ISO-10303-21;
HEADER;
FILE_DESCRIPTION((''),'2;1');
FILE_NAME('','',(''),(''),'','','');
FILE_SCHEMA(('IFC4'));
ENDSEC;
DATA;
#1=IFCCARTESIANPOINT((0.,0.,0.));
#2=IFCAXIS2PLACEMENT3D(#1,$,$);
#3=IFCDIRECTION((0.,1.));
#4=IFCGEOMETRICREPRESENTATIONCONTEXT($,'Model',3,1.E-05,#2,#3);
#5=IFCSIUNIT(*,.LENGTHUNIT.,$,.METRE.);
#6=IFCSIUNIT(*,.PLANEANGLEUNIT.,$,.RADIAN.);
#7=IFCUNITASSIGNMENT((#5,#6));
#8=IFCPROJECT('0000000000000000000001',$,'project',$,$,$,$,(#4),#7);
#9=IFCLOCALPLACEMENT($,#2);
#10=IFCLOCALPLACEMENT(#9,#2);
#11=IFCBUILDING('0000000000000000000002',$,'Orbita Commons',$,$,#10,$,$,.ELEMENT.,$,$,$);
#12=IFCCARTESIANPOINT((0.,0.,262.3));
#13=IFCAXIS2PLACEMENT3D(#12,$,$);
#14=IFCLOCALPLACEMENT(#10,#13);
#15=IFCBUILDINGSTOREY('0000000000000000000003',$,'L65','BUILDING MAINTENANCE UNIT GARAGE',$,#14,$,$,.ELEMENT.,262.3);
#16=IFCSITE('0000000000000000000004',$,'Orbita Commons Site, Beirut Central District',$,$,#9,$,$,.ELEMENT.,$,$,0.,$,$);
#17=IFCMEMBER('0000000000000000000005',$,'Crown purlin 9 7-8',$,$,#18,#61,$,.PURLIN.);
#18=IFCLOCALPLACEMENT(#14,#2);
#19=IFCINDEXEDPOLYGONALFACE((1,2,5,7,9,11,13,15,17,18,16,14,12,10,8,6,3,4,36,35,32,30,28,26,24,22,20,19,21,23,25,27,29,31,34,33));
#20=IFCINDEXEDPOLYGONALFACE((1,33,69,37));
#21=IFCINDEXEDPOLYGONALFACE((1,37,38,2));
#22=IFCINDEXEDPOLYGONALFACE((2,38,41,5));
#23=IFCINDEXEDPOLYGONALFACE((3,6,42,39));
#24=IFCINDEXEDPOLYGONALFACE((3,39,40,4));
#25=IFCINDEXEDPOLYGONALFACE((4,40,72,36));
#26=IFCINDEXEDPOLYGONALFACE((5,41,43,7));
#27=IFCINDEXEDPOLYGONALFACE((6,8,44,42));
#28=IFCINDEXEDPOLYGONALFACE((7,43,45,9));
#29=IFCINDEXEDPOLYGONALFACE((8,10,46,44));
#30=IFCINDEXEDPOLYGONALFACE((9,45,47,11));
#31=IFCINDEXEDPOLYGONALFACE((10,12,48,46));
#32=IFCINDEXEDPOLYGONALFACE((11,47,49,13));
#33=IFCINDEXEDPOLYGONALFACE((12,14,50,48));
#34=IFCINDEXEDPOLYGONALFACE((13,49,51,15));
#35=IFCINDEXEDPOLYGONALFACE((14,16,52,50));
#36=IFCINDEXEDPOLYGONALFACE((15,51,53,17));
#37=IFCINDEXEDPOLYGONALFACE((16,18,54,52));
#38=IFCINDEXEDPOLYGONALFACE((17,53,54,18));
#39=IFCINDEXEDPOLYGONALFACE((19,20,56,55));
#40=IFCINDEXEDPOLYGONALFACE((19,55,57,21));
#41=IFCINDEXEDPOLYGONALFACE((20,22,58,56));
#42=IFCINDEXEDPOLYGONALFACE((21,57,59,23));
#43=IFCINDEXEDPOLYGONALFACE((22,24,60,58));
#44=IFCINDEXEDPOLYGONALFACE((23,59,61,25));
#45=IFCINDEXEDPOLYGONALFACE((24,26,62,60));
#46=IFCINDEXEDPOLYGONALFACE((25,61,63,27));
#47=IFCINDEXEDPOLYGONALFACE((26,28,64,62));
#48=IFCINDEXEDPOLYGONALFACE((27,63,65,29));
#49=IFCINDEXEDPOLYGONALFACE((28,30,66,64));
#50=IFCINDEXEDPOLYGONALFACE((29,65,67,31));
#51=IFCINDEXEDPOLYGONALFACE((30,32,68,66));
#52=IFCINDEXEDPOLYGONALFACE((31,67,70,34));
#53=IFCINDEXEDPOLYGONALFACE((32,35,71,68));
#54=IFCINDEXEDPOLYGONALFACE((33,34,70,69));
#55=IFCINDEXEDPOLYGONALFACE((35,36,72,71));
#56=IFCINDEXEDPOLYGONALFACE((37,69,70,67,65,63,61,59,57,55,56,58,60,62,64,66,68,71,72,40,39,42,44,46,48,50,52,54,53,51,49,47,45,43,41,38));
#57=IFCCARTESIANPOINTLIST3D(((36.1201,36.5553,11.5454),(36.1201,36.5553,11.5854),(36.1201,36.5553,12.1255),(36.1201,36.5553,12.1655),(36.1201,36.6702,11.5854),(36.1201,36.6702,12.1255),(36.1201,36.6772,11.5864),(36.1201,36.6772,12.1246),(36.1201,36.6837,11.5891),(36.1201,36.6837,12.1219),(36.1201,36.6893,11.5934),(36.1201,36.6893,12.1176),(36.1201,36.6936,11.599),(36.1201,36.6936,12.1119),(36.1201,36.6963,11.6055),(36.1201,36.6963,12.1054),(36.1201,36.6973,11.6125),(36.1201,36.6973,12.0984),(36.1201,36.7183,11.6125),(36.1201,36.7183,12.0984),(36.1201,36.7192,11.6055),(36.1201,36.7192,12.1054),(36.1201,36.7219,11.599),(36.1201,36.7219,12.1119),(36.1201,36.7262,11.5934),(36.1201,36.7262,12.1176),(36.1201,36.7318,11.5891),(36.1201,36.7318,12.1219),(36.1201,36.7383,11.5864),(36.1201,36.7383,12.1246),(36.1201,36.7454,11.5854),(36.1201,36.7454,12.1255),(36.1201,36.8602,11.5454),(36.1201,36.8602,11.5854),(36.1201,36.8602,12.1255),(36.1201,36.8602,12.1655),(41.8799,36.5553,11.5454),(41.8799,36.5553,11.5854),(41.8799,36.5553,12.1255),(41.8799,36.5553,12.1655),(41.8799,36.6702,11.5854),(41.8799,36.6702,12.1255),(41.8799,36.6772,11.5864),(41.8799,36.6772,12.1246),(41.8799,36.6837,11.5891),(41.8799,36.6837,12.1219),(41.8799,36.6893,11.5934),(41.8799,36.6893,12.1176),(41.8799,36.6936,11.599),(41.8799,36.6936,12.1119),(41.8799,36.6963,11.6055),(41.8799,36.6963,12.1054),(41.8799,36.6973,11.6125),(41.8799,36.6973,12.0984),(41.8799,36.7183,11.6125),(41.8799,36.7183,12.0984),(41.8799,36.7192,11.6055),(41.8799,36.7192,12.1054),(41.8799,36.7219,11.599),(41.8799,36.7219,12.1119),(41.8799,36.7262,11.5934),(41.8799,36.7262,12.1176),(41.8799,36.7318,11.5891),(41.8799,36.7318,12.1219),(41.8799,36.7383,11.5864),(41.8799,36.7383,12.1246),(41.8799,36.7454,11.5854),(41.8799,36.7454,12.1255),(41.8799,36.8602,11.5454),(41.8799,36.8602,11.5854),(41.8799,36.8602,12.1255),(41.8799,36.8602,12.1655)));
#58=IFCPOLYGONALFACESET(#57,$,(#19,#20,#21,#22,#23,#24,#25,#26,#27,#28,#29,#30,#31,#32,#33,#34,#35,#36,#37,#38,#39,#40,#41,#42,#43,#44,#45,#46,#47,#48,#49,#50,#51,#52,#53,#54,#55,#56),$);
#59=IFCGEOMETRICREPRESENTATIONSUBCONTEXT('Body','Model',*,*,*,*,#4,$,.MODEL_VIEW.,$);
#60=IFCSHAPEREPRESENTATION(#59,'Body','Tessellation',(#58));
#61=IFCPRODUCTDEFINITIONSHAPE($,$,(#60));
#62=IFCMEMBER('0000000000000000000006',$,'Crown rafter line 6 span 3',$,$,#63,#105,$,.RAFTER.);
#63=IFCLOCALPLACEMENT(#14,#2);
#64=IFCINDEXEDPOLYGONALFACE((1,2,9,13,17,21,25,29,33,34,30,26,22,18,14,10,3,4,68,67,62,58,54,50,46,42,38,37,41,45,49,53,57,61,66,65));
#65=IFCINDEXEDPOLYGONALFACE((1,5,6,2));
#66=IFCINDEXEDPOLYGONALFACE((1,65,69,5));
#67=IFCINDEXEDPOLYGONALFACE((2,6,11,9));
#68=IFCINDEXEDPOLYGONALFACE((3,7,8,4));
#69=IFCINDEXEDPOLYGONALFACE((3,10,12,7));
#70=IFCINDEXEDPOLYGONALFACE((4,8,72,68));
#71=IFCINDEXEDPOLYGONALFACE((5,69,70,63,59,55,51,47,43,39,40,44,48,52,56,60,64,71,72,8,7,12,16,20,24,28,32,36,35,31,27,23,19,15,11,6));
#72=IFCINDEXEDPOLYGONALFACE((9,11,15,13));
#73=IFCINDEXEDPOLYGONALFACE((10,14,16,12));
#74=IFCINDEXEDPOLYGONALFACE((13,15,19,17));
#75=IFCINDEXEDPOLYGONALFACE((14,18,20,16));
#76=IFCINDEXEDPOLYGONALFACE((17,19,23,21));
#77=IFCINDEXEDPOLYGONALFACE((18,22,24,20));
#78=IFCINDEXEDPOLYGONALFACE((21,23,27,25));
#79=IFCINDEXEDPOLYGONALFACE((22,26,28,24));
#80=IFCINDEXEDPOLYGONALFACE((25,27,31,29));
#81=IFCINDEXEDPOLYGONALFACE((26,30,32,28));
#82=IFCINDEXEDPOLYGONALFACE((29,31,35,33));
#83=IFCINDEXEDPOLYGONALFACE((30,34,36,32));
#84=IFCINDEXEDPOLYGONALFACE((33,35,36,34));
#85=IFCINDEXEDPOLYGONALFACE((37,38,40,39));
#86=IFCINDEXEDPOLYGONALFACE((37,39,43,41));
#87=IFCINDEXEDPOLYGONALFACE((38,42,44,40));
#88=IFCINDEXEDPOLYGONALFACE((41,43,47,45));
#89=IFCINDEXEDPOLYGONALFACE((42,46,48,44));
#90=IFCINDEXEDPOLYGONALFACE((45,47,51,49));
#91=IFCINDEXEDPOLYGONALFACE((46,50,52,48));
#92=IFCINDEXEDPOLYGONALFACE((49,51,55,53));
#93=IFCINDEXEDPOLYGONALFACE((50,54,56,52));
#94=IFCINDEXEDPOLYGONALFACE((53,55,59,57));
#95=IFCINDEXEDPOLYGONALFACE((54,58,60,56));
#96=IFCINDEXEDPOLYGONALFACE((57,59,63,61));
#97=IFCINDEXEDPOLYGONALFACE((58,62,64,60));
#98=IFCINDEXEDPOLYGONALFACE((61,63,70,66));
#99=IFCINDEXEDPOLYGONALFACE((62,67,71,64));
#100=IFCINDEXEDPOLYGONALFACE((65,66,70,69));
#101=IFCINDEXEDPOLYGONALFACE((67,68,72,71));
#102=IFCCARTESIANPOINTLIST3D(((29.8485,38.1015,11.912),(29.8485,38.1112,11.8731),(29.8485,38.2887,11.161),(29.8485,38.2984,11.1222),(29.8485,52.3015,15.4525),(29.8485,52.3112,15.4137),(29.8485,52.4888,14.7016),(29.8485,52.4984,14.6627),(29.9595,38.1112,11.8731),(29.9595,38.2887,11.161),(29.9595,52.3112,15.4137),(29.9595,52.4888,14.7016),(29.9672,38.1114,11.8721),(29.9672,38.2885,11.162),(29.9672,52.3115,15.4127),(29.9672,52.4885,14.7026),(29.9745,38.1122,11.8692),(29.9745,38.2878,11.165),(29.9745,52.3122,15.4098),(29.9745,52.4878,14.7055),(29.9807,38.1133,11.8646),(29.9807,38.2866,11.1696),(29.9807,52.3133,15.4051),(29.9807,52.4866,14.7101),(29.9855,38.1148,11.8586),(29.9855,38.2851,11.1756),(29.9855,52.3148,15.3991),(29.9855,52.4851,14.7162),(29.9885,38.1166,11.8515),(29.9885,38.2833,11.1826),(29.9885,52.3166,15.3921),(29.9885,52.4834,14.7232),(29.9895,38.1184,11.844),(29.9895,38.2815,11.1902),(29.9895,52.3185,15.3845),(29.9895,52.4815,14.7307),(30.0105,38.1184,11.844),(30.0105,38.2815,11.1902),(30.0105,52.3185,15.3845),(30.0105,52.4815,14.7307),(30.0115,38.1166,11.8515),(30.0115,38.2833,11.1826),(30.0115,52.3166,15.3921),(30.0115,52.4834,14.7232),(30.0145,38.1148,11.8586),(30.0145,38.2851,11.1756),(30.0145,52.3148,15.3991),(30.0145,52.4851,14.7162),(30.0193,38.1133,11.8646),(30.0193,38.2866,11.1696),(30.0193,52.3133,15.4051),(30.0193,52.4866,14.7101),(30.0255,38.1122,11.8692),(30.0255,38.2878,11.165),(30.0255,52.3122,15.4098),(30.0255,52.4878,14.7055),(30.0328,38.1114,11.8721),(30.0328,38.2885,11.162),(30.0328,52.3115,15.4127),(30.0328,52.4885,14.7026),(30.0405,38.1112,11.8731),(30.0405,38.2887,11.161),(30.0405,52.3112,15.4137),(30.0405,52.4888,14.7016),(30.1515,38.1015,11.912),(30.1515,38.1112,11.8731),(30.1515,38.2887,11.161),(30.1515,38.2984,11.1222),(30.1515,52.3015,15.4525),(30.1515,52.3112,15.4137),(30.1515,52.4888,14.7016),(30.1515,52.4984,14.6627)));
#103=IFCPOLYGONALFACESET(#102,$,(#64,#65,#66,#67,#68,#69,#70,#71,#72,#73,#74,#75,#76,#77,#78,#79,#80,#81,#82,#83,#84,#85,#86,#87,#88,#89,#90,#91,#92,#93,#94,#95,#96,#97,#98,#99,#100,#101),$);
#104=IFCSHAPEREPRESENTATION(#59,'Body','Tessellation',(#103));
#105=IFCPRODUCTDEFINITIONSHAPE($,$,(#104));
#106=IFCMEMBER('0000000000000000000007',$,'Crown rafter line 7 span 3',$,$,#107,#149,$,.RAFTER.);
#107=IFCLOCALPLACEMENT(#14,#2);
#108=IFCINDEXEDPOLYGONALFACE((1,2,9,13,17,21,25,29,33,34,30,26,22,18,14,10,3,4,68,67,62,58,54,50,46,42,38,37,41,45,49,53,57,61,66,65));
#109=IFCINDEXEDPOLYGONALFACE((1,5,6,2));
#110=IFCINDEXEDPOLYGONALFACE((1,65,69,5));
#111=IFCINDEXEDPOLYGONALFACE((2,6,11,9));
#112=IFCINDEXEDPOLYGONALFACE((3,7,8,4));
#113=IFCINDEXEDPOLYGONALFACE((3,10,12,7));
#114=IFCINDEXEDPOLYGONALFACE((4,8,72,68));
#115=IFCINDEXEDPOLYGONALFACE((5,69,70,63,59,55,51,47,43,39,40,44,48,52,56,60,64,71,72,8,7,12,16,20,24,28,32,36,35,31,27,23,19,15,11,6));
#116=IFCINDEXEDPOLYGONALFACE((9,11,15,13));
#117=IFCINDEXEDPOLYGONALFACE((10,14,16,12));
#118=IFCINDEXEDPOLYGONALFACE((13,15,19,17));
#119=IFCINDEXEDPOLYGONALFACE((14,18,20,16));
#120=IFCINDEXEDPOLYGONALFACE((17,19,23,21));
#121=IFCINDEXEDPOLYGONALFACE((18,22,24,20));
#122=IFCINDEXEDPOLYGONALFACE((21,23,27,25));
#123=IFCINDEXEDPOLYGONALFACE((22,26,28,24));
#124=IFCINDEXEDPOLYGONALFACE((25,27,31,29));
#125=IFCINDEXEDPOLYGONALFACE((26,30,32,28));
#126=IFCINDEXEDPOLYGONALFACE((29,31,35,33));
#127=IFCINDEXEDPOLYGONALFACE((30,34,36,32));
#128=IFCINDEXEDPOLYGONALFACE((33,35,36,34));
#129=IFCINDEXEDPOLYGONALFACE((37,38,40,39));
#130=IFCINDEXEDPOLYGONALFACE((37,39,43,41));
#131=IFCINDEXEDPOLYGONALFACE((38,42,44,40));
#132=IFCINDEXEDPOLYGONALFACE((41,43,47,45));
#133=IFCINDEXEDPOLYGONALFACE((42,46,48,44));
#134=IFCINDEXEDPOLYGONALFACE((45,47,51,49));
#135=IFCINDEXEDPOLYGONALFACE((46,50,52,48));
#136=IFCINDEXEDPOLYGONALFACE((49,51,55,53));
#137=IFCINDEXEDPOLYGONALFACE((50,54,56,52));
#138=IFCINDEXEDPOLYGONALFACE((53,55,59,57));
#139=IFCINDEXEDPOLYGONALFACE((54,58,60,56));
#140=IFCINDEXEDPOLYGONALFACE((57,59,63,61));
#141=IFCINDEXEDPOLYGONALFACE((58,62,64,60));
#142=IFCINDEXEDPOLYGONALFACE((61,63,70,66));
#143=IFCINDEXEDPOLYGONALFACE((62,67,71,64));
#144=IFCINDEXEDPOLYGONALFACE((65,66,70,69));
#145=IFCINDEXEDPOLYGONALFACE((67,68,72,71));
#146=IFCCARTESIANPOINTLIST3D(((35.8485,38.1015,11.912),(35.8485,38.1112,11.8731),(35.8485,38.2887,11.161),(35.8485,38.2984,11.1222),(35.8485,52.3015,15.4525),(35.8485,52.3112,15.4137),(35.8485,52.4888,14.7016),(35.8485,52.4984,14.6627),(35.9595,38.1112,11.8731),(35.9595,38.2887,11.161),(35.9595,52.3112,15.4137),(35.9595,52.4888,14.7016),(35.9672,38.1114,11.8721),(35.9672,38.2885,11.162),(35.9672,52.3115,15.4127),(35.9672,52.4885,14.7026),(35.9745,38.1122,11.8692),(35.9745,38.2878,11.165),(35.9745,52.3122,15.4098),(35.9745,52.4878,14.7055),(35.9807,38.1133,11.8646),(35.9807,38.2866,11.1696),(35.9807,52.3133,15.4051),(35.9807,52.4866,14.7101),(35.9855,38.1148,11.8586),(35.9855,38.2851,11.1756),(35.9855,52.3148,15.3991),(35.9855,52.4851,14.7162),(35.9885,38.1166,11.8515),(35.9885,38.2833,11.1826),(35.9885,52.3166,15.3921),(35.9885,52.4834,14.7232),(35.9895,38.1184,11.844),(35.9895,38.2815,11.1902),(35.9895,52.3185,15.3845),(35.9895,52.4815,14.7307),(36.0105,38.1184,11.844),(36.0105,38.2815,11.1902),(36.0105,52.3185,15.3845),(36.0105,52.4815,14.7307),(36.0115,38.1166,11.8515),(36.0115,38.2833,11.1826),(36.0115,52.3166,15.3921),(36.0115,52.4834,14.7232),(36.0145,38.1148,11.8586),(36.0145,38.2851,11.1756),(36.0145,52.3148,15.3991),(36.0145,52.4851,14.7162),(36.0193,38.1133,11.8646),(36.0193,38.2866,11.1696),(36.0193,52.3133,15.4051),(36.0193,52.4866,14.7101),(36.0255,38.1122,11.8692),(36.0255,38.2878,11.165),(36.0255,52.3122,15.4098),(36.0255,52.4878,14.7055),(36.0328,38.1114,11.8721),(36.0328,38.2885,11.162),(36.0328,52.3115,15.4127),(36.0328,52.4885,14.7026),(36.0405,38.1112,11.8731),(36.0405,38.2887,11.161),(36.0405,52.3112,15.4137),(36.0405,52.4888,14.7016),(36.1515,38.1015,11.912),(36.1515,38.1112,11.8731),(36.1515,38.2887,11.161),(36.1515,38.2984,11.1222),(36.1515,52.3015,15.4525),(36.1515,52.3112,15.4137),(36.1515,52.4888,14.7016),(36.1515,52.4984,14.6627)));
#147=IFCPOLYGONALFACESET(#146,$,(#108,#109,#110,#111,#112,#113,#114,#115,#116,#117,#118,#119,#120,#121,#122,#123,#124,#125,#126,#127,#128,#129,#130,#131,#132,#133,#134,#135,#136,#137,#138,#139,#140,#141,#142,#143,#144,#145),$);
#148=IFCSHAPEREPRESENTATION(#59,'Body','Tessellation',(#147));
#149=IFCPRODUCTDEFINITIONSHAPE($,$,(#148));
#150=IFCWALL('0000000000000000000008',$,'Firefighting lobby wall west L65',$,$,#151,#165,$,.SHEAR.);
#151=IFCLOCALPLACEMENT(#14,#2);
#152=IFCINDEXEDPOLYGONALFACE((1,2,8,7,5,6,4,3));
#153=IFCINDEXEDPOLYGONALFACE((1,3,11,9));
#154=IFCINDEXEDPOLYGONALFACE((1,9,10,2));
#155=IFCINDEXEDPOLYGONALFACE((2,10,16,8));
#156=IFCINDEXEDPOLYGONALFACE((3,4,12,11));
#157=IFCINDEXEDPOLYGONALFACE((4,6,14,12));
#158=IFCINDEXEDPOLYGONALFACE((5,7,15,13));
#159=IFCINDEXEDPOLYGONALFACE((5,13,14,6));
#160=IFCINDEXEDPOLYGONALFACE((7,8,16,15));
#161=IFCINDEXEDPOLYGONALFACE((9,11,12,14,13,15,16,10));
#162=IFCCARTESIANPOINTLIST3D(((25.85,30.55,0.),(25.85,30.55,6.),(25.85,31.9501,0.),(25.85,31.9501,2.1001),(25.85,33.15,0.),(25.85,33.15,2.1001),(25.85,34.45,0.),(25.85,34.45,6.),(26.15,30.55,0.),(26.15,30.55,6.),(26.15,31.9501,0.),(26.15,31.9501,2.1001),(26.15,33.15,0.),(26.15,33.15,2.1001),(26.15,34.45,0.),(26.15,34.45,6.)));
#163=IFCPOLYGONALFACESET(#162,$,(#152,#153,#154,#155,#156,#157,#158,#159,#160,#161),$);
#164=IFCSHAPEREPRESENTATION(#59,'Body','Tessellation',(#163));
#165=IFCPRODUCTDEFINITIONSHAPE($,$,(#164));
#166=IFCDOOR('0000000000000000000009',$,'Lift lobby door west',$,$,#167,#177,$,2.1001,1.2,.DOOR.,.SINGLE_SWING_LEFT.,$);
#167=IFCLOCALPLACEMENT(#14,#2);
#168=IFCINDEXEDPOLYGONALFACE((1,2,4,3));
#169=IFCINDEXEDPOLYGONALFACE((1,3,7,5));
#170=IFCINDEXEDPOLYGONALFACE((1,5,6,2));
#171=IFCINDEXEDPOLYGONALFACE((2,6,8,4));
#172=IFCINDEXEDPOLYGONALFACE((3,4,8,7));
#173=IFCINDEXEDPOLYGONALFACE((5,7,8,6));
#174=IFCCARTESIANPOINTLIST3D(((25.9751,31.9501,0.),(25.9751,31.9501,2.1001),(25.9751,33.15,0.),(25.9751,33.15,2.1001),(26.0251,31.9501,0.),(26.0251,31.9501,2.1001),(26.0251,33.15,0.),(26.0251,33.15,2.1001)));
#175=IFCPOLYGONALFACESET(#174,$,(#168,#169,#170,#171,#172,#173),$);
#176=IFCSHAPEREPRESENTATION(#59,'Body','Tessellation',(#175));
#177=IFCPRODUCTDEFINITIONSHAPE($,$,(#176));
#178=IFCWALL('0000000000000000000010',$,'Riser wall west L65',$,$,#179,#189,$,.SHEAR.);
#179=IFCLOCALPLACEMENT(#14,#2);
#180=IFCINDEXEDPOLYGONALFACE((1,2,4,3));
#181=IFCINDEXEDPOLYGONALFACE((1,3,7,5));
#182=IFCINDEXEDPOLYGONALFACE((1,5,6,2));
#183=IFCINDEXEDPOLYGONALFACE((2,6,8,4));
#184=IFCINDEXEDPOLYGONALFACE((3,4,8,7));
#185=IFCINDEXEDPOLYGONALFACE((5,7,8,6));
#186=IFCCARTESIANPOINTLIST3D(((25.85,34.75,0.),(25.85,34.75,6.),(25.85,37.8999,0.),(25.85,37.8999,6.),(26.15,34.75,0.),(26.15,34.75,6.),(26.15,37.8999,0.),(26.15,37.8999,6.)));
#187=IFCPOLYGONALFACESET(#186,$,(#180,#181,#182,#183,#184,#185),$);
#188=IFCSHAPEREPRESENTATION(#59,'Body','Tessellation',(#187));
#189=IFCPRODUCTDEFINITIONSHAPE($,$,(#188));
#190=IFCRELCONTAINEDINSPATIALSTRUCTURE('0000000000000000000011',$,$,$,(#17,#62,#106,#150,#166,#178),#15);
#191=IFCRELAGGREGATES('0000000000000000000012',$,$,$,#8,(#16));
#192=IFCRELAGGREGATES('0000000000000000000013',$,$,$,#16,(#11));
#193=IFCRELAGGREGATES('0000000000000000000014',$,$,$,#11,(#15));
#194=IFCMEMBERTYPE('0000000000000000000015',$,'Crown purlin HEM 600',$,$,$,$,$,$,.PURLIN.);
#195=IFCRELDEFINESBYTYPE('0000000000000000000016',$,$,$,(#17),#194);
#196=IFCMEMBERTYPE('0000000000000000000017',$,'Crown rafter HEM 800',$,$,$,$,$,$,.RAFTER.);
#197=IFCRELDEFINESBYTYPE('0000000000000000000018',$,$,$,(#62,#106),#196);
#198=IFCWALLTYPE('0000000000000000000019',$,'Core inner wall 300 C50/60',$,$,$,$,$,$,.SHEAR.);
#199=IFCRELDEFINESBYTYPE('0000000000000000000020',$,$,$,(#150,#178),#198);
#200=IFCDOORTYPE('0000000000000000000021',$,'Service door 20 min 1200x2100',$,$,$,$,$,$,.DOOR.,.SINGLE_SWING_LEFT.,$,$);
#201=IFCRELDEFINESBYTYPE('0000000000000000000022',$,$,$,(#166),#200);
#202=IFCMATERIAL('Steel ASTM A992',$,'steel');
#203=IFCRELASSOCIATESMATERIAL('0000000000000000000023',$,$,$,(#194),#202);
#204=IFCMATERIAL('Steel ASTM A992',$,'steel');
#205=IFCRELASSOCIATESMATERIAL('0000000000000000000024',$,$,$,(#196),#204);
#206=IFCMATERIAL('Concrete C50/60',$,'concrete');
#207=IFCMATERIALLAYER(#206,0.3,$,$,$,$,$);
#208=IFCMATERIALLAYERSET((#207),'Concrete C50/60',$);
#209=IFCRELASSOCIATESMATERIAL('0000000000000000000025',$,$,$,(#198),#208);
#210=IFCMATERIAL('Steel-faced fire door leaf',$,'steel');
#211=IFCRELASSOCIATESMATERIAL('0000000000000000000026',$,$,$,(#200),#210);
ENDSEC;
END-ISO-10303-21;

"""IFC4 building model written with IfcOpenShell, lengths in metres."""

from ifc_helpers import new_model, si_unit, direction, frame, frame_2d, origin, origin_2d, place, context, subcontext, project, spatial, rectangle, i_section, extrude, material, layer, layer_set, material_profile, profile_set, type_object, element, fill, save


model = new_model("IFC4")

# Units and contexts
model_context = context("Model", 3, precision=1e-05, world=origin(), true_north=direction((0.0, 1.0)))
body_context = subcontext(model_context, "Body", "Model", "MODEL_VIEW")
ifc_project = project(units=[si_unit("LENGTHUNIT", "METRE"), si_unit("PLANEANGLEUNIT", "RADIAN")], contexts=[model_context])

# Site, building, storey
site_placement = place(None, origin())
site = spatial("IfcSite", under=ifc_project, at=site_placement, Name="Orbita Commons Site, Beirut Central District", CompositionType="ELEMENT", RefElevation=0.0)
building_placement = place(site_placement, origin())
building = spatial("IfcBuilding", under=site, at=building_placement, Name="Orbita Commons", CompositionType="ELEMENT")
storey_placement = place(building_placement, frame((0.0, 0.0, 262.3)))
storey = spatial("IfcBuildingStorey", under=building, at=storey_placement, Name="L65", Description="BUILDING MAINTENANCE UNIT GARAGE", CompositionType="ELEMENT", Elevation=262.3)

# Members
ifc_material_1 = material(Name="Steel ASTM A992", Category="steel")
ifc_material_profile_1 = material_profile(ifc_material_1, i_section(OverallWidth=0.3049, OverallDepth=0.6201, WebThickness=0.021, FlangeThickness=0.04, FilletRadius=0.0271, at=origin_2d()), Name="HEM 600")
ifc_profile_set_1 = profile_set([ifc_material_profile_1], Name="Steel ASTM A992")
member_type_1 = type_object("IfcMemberType", Name="Crown purlin HEM 600", PredefinedType="PURLIN", material=ifc_profile_set_1)
for number, where, z_axis, x_axis, name in (
    (1, (36.1201, 36.7078, 11.8555), (1.0, 0.0, 0.0), (0.0, 1.0, 0.0), "Crown purlin 9 7-8"),
):
    element("IfcMember", number, at=place(storey_placement, frame(where, z_axis=z_axis, x_axis=x_axis)), inside=storey, type_object=member_type_1, Name=name, PredefinedType="PURLIN", context=body_context, shape_type="SweptSolid", body=[
        extrude(i_section(OverallWidth=0.3049, OverallDepth=0.6201, WebThickness=0.021, FlangeThickness=0.04, FilletRadius=0.0271, at=origin_2d()), origin(), (0.0, 0.0, 1.0), 5.7598),
    ])
ifc_material_2 = material(Name="Steel ASTM A992", Category="steel")
ifc_material_profile_2 = material_profile(ifc_material_2, i_section(OverallWidth=0.303, OverallDepth=0.814, WebThickness=0.021, FlangeThickness=0.04, FilletRadius=0.03, at=origin_2d()), Name="HEM 800")
ifc_profile_set_2 = profile_set([ifc_material_profile_2], Name="Steel ASTM A992")
member_type_2 = type_object("IfcMemberType", Name="Crown rafter HEM 800", PredefinedType="RAFTER", material=ifc_profile_set_2)
for number, where, z_axis, x_axis, name in (
    (2, (30.0, 38.2, 11.5171), (0.0, 0.970294, 0.241927), (-1.0, 0.0, 0.0), "Crown rafter line 6 span 3"),
    (3, (36.0, 38.2, 11.5171), (0.0, 0.970294, 0.241927), (-1.0, 0.0, 0.0), "Crown rafter line 7 span 3"),
):
    element("IfcMember", number, at=place(storey_placement, frame(where, z_axis=z_axis, x_axis=x_axis)), inside=storey, type_object=member_type_2, Name=name, PredefinedType="RAFTER", context=body_context, shape_type="SweptSolid", body=[
        extrude(i_section(OverallWidth=0.303, OverallDepth=0.814, WebThickness=0.021, FlangeThickness=0.04, FilletRadius=0.03, at=origin_2d()), origin(), (0.0, 0.0, 1.0), 14.6348),
    ])

# Wall, opening, door
ifc_material_3 = material(Name="Concrete C50/60", Category="concrete")
ifc_layer_1 = layer(ifc_material_3, 0.3)
ifc_layer_set_1 = layer_set([ifc_layer_1], Name="Concrete C50/60")
wall_type_1 = type_object("IfcWallType", Name="Core inner wall 300 C50/60", PredefinedType="SHEAR", material=ifc_layer_set_1)
wall_1_placement = place(storey_placement, frame((26.0, 30.55, 0.0), z_axis=(0.0, 0.0, 1.0), x_axis=(0.0, 1.0, 0.0)))
wall_1 = element("IfcWall", 4, at=wall_1_placement, inside=storey, type_object=wall_type_1, Name="Firefighting lobby wall west L65", PredefinedType="SHEAR", context=body_context, shape_type="SweptSolid", body=[
    extrude(rectangle(XDim=3.8999, YDim=0.3, at=frame_2d((1.95, 0.0))), origin(), (0.0, 0.0, 1.0), 6.0),
])
opening_placement = place(wall_1_placement, frame((1.3999, 0.0, 0.0)))
opening = element("IfcOpeningElement", 5, at=opening_placement, cuts=wall_1, PredefinedType="OPENING", context=body_context, shape_type="SweptSolid", body=[
    extrude(rectangle(XDim=1.2, YDim=2.1001, at=frame_2d((0.6001, 1.05))), frame((0.0, 0.1599, 0.0), z_axis=(0.0, -1.0, 0.0), x_axis=(1.0, 0.0, 0.0)), (0.0, 0.0, 1.0), 0.3201),
])
ifc_material_4 = material(Name="Steel-faced fire door leaf", Category="steel")
door_type = type_object("IfcDoorType", Name="Service door 20 min 1200x2100", OperationType="SINGLE_SWING_LEFT", PredefinedType="DOOR", material=ifc_material_4)
door_placement = place(opening_placement, origin())
door = element("IfcDoor", 6, at=door_placement, inside=storey, type_object=door_type, Name="Lift lobby door west", OperationType="SINGLE_SWING_LEFT", OverallHeight=2.1001, OverallWidth=1.2, PredefinedType="DOOR", context=body_context, shape_type="SweptSolid", body=[
    extrude(rectangle(XDim=1.2, YDim=2.1001, at=frame_2d((0.6001, 1.05))), frame((0.0, 0.0249, 0.0), z_axis=(0.0, -1.0, 0.0), x_axis=(1.0, 0.0, 0.0)), (0.0, 0.0, 1.0), 0.05),
])
fill(opening, door)

# Wall
wall_2_placement = place(storey_placement, frame((26.0, 34.75, 0.0), z_axis=(0.0, 0.0, 1.0), x_axis=(0.0, 1.0, 0.0)))
element("IfcWall", 7, at=wall_2_placement, inside=storey, type_object=wall_type_1, Name="Riser wall west L65", PredefinedType="SHEAR", context=body_context, shape_type="SweptSolid", body=[
    extrude(rectangle(XDim=3.1499, YDim=0.3, at=frame_2d((1.575, 0.0))), origin(), (0.0, 0.0, 1.0), 6.0),
])

save(model, "model.ifc")
